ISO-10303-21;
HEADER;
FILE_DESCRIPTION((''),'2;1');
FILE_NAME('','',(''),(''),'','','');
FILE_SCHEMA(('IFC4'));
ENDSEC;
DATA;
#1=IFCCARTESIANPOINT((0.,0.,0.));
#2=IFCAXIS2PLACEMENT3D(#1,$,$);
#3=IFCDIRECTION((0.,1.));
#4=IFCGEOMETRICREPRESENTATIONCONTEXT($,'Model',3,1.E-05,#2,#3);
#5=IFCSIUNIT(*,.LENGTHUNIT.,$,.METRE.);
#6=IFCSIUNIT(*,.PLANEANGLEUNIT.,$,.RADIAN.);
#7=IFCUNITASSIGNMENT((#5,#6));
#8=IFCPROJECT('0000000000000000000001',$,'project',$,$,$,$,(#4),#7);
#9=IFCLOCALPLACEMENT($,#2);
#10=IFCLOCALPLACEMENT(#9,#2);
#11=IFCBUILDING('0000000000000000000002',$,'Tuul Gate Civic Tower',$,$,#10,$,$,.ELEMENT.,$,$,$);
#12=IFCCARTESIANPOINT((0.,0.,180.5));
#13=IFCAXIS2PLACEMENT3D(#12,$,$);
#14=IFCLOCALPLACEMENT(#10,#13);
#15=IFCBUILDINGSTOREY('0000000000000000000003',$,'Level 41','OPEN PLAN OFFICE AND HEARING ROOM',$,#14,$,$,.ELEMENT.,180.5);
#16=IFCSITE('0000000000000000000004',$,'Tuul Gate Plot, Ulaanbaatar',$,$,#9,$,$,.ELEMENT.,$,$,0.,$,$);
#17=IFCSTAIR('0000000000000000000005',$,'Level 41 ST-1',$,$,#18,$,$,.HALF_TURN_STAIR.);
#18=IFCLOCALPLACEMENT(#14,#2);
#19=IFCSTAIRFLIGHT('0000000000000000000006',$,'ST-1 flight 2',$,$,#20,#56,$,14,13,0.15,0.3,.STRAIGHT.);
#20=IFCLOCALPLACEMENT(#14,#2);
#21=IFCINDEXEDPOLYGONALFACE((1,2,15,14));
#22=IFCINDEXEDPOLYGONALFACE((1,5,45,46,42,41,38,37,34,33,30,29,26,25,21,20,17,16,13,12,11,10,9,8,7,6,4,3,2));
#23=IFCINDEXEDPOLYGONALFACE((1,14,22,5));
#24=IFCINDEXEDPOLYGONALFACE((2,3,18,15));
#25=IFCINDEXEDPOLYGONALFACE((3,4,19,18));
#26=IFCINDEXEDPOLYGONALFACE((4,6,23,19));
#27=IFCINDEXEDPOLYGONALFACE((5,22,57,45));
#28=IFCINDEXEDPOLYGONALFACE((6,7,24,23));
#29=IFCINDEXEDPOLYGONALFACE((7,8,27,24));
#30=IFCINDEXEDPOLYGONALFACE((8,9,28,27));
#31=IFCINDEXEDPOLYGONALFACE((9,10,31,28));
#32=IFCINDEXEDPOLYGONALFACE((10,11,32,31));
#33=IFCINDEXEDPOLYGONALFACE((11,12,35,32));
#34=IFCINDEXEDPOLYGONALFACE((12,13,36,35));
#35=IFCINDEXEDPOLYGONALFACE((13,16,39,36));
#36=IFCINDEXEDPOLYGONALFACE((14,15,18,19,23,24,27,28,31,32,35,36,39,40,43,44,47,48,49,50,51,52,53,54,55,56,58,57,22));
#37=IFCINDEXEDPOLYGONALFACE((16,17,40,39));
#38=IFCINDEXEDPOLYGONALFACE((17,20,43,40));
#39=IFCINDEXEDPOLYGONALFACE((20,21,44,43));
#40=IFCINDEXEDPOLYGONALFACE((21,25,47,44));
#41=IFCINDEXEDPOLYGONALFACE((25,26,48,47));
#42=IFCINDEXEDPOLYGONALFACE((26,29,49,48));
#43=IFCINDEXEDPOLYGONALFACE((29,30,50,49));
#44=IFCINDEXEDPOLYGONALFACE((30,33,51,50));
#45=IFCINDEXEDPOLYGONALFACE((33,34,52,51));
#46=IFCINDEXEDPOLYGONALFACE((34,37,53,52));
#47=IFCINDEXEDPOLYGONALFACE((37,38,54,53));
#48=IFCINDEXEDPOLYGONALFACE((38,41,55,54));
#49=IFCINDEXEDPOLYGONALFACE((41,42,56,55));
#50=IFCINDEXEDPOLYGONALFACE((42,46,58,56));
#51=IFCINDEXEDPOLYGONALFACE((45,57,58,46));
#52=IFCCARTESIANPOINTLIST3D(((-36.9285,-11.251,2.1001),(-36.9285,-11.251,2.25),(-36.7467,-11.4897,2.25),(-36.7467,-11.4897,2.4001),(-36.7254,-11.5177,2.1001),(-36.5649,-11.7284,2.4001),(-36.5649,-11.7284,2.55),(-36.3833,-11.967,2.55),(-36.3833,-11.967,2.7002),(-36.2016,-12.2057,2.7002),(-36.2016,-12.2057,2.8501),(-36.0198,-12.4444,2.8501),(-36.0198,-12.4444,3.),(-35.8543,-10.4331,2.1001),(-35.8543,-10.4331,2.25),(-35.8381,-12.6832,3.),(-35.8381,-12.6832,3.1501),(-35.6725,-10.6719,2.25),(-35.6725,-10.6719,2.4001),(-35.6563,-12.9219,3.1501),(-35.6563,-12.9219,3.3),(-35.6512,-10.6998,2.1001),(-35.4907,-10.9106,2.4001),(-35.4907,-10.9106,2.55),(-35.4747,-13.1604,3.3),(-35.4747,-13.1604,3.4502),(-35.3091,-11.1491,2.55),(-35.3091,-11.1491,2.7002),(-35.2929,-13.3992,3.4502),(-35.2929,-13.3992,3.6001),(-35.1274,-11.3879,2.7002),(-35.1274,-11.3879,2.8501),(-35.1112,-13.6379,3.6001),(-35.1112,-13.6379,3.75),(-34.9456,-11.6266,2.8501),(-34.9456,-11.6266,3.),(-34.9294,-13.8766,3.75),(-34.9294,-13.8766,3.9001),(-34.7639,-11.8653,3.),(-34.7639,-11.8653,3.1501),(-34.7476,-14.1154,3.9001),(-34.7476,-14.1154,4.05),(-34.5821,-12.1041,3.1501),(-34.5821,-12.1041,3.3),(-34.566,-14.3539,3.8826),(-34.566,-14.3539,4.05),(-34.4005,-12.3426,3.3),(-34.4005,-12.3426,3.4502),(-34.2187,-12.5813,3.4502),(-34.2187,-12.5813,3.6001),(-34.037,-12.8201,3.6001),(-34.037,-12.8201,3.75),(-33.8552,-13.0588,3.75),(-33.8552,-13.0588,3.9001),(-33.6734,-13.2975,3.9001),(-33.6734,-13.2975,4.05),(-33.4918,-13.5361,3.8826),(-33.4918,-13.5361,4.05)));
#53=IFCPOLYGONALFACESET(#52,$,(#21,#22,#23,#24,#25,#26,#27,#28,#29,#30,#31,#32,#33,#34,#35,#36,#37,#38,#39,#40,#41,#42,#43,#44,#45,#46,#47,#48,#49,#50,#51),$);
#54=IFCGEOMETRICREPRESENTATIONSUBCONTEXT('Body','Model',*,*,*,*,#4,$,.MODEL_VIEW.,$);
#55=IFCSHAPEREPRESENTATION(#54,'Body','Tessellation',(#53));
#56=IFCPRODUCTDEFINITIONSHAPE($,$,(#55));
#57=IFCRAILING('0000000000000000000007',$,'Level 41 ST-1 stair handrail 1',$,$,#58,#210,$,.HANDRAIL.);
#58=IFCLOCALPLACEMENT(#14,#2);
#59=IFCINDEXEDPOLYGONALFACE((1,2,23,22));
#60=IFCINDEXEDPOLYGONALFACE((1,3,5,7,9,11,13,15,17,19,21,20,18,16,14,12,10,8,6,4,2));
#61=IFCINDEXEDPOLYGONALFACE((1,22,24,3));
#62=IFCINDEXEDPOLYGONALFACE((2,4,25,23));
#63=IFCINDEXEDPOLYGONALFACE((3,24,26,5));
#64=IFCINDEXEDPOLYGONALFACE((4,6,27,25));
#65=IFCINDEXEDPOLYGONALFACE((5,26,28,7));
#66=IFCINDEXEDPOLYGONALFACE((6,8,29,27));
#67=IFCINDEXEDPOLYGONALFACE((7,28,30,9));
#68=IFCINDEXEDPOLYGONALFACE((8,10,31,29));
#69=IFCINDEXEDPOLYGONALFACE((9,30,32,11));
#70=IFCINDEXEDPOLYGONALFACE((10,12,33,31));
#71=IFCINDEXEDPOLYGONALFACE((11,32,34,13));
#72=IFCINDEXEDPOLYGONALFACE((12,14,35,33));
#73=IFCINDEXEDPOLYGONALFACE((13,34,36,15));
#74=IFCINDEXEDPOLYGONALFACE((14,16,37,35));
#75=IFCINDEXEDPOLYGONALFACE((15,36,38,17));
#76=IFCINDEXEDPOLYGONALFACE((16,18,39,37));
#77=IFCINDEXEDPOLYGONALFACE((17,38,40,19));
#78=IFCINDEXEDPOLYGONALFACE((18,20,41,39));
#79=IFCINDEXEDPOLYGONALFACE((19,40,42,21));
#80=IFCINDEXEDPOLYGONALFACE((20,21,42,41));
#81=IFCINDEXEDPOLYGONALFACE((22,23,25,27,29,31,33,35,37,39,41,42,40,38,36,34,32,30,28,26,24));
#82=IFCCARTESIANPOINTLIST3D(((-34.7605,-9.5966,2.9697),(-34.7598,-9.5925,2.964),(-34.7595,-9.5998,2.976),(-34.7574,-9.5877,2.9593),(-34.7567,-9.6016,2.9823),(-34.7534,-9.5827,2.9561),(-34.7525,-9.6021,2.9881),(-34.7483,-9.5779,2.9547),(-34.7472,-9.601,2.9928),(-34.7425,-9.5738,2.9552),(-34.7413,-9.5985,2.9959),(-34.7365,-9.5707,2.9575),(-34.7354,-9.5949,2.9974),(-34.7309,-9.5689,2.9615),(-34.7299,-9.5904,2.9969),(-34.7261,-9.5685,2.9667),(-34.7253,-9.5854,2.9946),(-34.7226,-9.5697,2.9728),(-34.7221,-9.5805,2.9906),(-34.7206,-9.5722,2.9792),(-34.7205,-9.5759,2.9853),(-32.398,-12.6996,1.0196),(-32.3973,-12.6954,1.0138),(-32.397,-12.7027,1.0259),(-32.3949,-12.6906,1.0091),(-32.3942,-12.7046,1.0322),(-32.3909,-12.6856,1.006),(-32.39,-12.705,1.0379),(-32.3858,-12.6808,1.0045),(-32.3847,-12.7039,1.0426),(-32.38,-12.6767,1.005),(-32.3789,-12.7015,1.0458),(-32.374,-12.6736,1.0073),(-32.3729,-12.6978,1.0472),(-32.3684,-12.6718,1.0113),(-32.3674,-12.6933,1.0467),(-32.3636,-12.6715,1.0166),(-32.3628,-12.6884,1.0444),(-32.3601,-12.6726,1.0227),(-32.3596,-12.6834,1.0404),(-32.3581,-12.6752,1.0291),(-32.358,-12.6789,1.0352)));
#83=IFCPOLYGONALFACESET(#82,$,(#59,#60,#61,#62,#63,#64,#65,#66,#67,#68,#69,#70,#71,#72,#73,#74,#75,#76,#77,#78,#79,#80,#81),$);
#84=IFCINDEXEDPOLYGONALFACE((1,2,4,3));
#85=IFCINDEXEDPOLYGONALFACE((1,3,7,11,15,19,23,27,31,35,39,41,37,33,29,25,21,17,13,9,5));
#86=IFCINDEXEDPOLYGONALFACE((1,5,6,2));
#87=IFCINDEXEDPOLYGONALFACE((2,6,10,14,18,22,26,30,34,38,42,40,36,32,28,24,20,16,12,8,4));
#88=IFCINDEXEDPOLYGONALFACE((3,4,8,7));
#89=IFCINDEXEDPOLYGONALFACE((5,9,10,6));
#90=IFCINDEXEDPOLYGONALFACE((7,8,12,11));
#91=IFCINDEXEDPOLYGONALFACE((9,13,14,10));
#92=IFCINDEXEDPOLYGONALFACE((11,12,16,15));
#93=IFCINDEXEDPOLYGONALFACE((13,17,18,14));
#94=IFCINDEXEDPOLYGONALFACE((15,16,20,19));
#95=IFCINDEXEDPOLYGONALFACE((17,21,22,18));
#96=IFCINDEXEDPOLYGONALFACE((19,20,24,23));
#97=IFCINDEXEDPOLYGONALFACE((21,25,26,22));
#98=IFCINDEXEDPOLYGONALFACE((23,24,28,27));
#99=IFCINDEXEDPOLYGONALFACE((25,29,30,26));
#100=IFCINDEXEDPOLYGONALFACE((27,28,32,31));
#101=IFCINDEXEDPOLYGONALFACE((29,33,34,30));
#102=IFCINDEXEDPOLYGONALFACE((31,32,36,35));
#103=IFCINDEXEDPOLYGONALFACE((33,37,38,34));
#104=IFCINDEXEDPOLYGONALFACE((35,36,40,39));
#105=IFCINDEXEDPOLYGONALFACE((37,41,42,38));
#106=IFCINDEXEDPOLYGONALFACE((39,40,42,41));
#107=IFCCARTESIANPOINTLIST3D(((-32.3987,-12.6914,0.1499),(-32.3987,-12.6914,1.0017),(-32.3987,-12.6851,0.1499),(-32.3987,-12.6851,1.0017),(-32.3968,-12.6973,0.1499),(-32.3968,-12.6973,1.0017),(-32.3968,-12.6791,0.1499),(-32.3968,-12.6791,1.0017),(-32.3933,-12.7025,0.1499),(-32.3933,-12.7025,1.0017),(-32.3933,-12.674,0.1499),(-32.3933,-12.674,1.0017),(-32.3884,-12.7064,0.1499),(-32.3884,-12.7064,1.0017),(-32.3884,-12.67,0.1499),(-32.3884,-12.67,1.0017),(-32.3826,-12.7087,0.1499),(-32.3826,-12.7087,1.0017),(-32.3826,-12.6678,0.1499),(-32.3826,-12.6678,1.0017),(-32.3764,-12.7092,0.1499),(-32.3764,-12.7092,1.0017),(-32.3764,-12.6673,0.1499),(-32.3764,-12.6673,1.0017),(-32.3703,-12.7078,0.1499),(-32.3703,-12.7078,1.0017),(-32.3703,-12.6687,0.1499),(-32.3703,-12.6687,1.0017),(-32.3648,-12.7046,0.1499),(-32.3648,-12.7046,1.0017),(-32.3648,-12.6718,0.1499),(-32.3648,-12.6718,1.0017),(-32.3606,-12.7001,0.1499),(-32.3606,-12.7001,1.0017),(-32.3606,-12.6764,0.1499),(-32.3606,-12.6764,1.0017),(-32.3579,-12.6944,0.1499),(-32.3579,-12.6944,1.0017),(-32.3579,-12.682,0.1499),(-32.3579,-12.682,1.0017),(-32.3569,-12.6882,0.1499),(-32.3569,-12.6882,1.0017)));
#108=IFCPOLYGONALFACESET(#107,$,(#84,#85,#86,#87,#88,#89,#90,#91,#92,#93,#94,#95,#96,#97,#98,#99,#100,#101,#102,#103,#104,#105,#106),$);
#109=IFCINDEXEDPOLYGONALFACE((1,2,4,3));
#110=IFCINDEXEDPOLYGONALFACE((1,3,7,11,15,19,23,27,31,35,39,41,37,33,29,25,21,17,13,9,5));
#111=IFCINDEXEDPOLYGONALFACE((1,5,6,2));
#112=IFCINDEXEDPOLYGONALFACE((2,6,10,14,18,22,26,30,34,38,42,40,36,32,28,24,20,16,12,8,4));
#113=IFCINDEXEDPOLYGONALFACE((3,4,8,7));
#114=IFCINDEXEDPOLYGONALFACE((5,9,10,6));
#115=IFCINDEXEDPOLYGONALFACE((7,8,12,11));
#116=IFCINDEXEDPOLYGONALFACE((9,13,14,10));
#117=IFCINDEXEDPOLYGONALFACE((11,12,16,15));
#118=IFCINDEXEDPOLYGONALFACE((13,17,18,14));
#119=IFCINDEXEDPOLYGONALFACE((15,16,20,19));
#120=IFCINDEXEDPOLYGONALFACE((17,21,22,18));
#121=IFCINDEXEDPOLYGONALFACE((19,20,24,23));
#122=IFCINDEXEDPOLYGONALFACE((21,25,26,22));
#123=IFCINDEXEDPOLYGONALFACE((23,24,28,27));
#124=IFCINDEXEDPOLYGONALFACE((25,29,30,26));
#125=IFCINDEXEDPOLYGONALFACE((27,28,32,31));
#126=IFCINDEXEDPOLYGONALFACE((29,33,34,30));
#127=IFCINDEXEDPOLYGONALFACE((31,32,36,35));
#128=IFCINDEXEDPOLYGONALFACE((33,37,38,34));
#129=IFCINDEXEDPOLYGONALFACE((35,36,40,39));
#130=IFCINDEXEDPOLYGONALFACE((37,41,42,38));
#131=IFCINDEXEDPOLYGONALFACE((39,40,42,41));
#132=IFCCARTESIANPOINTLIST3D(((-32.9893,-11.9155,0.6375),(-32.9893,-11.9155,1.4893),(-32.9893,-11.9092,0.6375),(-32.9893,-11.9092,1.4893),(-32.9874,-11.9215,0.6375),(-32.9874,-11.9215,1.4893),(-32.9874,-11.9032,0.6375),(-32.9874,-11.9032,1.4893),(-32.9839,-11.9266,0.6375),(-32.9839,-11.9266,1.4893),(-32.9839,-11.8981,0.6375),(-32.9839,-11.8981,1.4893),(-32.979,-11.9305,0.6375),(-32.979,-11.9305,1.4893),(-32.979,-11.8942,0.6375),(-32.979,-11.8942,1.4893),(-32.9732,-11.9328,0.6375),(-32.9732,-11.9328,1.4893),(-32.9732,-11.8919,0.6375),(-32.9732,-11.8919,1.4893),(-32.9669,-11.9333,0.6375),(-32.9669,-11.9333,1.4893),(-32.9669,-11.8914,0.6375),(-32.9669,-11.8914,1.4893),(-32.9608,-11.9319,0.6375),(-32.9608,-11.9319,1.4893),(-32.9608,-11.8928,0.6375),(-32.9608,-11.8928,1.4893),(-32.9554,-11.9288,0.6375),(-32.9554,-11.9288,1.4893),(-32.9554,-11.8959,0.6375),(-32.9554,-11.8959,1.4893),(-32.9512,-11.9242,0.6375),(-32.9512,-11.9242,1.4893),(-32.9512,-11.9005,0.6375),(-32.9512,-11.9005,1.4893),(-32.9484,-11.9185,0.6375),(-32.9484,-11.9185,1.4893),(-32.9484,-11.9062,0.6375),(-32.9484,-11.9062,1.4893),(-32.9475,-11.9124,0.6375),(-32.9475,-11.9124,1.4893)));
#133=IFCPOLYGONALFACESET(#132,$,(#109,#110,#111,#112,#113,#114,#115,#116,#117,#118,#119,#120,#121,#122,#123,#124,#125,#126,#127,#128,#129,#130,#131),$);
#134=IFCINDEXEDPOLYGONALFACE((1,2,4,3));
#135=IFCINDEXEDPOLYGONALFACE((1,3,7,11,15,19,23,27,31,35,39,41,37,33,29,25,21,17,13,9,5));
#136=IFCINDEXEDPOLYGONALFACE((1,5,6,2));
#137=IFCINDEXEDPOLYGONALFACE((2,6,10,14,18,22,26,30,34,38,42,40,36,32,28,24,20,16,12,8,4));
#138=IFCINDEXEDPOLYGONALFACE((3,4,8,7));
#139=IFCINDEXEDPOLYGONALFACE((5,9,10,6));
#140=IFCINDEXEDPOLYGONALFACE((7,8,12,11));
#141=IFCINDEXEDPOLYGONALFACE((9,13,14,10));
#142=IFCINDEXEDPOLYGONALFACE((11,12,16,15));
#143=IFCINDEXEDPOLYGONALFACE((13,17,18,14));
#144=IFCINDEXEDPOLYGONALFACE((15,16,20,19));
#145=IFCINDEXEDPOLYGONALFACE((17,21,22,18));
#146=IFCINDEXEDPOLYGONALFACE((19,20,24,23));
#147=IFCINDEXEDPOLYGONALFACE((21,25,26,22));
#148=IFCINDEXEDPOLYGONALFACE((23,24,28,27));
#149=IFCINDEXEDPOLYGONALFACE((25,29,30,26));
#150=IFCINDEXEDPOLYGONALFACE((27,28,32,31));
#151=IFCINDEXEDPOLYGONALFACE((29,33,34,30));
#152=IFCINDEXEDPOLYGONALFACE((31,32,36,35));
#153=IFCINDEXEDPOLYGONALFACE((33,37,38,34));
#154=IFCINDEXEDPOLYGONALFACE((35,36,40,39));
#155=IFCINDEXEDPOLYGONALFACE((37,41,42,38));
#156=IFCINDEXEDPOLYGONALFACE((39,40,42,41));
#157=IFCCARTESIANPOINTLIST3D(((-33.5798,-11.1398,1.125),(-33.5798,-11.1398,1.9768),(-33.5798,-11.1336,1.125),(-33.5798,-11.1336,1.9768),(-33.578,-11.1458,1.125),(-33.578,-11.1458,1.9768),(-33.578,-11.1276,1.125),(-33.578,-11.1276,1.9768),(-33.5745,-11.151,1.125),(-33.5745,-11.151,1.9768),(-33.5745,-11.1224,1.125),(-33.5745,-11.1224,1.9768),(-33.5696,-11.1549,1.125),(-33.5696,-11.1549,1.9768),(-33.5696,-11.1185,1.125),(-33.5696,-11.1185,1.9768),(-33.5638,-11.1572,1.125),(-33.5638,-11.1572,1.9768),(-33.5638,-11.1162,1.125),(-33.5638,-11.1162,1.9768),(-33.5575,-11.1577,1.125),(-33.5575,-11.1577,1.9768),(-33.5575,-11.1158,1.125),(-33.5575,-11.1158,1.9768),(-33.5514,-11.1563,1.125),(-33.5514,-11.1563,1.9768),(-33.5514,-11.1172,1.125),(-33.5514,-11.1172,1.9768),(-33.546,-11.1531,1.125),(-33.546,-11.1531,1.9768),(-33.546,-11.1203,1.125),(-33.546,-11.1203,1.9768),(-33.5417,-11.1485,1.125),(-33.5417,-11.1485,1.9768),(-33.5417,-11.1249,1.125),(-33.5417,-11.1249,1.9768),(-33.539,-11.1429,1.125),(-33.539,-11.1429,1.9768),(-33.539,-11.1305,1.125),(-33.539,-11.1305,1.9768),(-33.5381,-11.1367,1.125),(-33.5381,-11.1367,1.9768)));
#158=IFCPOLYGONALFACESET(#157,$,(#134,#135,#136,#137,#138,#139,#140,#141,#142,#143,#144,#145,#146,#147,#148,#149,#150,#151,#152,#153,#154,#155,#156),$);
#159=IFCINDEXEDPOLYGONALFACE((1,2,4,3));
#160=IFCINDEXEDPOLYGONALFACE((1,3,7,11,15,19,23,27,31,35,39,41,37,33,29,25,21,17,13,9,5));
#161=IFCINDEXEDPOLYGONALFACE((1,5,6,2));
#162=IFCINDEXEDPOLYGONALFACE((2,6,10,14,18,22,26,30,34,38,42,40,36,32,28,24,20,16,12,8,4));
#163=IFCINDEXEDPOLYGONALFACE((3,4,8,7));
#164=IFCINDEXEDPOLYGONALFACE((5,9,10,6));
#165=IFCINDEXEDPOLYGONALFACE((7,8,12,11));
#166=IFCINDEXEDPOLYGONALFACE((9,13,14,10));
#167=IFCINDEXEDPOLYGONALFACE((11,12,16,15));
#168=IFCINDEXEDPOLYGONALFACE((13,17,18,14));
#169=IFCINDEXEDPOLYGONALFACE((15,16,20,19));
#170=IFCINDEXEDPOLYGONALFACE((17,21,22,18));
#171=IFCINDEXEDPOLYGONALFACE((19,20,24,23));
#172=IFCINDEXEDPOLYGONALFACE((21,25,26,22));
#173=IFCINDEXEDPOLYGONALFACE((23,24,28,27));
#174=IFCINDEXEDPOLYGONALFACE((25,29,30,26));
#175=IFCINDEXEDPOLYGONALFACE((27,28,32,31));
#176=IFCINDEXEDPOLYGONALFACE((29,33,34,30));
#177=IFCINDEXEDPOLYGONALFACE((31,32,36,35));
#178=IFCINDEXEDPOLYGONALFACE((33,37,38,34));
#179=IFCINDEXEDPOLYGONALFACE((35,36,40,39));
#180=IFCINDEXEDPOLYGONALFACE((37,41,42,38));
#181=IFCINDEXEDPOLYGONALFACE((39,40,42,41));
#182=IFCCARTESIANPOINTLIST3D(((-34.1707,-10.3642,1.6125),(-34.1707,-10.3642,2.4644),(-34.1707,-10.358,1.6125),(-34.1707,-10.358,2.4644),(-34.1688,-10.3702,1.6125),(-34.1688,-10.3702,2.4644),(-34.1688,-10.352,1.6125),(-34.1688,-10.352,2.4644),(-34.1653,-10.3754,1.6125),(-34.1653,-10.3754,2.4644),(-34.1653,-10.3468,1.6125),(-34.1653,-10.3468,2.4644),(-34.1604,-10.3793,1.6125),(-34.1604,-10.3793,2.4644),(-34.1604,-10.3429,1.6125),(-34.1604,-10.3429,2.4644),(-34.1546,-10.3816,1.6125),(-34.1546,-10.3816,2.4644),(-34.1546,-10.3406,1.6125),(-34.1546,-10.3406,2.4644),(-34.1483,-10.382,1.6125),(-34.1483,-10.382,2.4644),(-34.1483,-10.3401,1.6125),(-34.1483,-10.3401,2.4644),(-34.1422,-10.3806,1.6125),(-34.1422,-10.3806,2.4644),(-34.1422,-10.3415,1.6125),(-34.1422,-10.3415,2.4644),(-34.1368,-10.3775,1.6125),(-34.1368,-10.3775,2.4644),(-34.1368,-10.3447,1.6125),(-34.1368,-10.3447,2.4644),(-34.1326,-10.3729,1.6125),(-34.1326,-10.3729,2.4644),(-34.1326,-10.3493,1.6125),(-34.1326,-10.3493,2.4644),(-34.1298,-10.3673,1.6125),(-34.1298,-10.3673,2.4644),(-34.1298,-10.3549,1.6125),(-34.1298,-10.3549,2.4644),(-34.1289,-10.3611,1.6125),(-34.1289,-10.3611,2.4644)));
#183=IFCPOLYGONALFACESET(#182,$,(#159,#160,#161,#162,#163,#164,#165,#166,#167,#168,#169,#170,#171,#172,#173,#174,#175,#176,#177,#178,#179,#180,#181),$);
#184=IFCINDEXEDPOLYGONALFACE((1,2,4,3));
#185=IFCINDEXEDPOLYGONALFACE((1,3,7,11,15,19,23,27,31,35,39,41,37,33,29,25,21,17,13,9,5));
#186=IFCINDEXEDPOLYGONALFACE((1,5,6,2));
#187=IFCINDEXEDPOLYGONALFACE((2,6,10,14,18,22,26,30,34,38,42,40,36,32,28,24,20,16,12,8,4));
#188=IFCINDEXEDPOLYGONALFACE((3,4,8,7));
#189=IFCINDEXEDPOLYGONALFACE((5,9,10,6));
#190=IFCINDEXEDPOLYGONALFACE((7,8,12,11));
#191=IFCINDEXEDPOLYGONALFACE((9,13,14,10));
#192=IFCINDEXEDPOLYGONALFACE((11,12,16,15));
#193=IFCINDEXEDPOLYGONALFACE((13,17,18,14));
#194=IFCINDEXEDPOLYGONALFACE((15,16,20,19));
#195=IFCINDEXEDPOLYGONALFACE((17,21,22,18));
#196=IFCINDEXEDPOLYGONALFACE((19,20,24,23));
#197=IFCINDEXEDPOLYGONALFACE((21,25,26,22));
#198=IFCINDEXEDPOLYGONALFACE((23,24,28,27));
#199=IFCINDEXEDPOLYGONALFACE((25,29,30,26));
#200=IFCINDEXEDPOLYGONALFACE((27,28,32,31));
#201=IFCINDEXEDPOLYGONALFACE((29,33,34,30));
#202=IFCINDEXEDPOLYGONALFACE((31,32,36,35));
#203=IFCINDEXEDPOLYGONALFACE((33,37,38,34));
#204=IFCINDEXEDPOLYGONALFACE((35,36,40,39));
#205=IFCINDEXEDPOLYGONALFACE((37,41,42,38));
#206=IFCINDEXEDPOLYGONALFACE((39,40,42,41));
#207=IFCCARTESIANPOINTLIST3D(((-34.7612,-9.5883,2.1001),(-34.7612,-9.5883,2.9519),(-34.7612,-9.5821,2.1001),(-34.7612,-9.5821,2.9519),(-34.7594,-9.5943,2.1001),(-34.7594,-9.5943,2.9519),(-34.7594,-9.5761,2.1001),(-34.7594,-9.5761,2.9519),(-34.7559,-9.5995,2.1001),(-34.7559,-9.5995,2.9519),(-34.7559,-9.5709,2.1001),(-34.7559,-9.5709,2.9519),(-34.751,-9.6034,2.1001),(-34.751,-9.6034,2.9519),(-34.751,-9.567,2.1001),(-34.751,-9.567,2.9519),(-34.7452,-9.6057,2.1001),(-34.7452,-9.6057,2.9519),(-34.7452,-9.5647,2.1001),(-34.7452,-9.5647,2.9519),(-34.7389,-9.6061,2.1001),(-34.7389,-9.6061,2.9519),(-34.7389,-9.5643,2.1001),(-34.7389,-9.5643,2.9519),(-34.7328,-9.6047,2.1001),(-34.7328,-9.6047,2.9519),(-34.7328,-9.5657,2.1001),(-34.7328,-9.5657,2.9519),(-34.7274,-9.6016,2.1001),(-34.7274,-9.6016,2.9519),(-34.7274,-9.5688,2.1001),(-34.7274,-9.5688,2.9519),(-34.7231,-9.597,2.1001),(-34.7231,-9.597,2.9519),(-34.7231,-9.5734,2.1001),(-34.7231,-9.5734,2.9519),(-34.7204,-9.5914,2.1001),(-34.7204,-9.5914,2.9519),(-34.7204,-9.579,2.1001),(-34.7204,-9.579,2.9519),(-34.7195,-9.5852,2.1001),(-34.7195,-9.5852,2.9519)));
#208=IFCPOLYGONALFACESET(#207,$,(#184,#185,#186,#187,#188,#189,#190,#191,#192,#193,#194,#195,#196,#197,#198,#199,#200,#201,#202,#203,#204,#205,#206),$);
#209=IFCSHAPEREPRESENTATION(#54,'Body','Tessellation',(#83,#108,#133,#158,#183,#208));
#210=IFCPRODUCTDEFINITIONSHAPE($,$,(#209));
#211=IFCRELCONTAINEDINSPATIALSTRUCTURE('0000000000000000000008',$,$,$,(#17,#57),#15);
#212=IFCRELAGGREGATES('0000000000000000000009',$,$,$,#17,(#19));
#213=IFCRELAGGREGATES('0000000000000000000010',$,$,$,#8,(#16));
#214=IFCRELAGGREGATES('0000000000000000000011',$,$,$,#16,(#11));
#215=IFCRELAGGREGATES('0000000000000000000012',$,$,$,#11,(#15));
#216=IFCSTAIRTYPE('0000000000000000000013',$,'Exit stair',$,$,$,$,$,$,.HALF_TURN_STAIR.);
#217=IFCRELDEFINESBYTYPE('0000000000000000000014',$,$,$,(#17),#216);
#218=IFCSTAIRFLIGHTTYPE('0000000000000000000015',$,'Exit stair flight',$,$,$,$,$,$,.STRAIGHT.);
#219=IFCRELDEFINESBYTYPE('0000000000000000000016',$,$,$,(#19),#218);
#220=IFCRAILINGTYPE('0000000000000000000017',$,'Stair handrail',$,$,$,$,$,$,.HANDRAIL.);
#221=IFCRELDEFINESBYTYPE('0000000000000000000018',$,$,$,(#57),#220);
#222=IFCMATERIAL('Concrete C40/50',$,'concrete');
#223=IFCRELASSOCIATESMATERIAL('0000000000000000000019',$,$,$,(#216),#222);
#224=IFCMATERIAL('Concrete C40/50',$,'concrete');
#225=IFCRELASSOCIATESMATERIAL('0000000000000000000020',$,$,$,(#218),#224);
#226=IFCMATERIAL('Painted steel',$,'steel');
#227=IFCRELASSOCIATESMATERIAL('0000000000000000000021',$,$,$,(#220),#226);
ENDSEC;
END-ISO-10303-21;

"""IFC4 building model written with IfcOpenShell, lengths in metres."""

from ifc_helpers import new_model, si_unit, direction, frame, origin, origin_2d, place, context, subcontext, project, spatial, polyline, circle, outline, extrude, material, type_object, element, aggregate, save


model = new_model("IFC4")

# Units and contexts
model_context = context("Model", 3, precision=1e-05, world=origin(), true_north=direction((0.0, 1.0)))
body_context = subcontext(model_context, "Body", "Model", "MODEL_VIEW")
ifc_project = project(units=[si_unit("LENGTHUNIT", "METRE"), si_unit("PLANEANGLEUNIT", "RADIAN")], contexts=[model_context])

# Site, building, storey
site_placement = place(None, origin())
site = spatial("IfcSite", under=ifc_project, at=site_placement, Name="Tuul Gate Plot, Ulaanbaatar", CompositionType="ELEMENT", RefElevation=0.0)
building_placement = place(site_placement, origin())
building = spatial("IfcBuilding", under=site, at=building_placement, Name="Tuul Gate Civic Tower", CompositionType="ELEMENT")
storey_placement = place(building_placement, frame((0.0, 0.0, 180.5)))
storey = spatial("IfcBuildingStorey", under=building, at=storey_placement, Name="Level 41", Description="OPEN PLAN OFFICE AND HEARING ROOM", CompositionType="ELEMENT", Elevation=180.5)

# Stair, stair flight
ifc_material_1 = material(Name="Concrete C40/50", Category="concrete")
stair_type = type_object("IfcStairType", Name="Exit stair", PredefinedType="HALF_TURN_STAIR", material=ifc_material_1)
stair_placement = place(storey_placement, origin())
stair = element("IfcStair", 1, at=stair_placement, inside=storey, type_object=stair_type, Name="Level 41 ST-1", PredefinedType="HALF_TURN_STAIR")
ifc_material_2 = material(Name="Concrete C40/50", Category="concrete")
stair_flight_type = type_object("IfcStairFlightType", Name="Exit stair flight", PredefinedType="STRAIGHT", material=ifc_material_2)
stair_flight_1_placement = place(storey_placement, frame((-36.3914, -10.842, 2.1001), z_axis=(0.0, 0.0, 1.0), x_axis=(0.605764, -0.795644, 0.0)))
stair_flight_1 = element("IfcStairFlight", 2, at=stair_flight_1_placement, type_object=stair_flight_type, Name="ST-1 flight 2", NumberOfRisers=14, NumberOfTreads=13, PredefinedType="STRAIGHT", RiserHeight=0.15, TreadLength=0.3, context=body_context, shape_type="SweptSolid", body=[
    extrude(outline(polyline([(0.0, 0.0), (0.0, 0.1499), (0.3, 0.1499), (0.3, 0.3), (0.6001, 0.3), (0.6001, 0.45), (0.8999, 0.45), (0.8999, 0.6001), (1.2, 0.6001), (1.2, 0.75), (1.5, 0.75), (1.5, 0.8999), (1.8, 0.8999), (1.8, 1.05), (2.1001, 1.05), (2.1001, 1.2), (2.3999, 1.2), (2.3999, 1.3501), (2.7, 1.3501), (2.7, 1.5), (3.0, 1.5), (3.0, 1.6499), (3.3, 1.6499), (3.3, 1.8), (3.6001, 1.8), (3.6001, 1.95), (3.8999, 1.95), (3.8999, 2.1001), (3.8999, 1.7825), (0.3352, 0.0), (0.0, 0.0)])), frame((0.0, 0.675, 0.0), z_axis=(0.0, -1.0, 0.0), x_axis=(1.0, 0.0, 0.0)), (0.0, 0.0, 1.0), 1.3501),
])
aggregate(stair, [stair_flight_1])

# Railing
ifc_material_3 = material(Name="Painted steel", Category="steel")
railing_type_1 = type_object("IfcRailingType", Name="Stair handrail", PredefinedType="HANDRAIL", material=ifc_material_3)
railing_1_placement = place(storey_placement, frame((-32.3779, -12.6882, 0.1499)))
element("IfcRailing", 3, at=railing_1_placement, inside=storey, type_object=railing_type_1, Name="Level 41 ST-1 stair handrail 1", PredefinedType="HANDRAIL", context=body_context, shape_type="SweptSolid", body=[
    extrude(circle(Radius=0.0239, at=origin_2d()), frame((0.0, 0.0, 0.876), z_axis=(-0.541811, 0.711627, 0.447245), x_axis=(-0.795637, -0.605773, 0.0)), (0.0, 0.0, 1.0), 4.3604),
    extrude(circle(Radius=0.021, at=origin_2d()), origin(), (0.0, 0.0, 1.0), 0.8518),
    extrude(circle(Radius=0.021, at=origin_2d()), frame((-0.5906, 0.7759, 0.4875)), (0.0, 0.0, 1.0), 0.8518),
    extrude(circle(Radius=0.021, at=origin_2d()), frame((-1.1812, 1.5515, 0.9751)), (0.0, 0.0, 1.0), 0.8518),
    extrude(circle(Radius=0.021, at=origin_2d()), frame((-1.772, 2.3271, 1.4626)), (0.0, 0.0, 1.0), 0.8518),
    extrude(circle(Radius=0.021, at=origin_2d()), frame((-2.3625, 3.103, 1.9502)), (0.0, 0.0, 1.0), 0.8518),
])

save(model, "model.ifc")
